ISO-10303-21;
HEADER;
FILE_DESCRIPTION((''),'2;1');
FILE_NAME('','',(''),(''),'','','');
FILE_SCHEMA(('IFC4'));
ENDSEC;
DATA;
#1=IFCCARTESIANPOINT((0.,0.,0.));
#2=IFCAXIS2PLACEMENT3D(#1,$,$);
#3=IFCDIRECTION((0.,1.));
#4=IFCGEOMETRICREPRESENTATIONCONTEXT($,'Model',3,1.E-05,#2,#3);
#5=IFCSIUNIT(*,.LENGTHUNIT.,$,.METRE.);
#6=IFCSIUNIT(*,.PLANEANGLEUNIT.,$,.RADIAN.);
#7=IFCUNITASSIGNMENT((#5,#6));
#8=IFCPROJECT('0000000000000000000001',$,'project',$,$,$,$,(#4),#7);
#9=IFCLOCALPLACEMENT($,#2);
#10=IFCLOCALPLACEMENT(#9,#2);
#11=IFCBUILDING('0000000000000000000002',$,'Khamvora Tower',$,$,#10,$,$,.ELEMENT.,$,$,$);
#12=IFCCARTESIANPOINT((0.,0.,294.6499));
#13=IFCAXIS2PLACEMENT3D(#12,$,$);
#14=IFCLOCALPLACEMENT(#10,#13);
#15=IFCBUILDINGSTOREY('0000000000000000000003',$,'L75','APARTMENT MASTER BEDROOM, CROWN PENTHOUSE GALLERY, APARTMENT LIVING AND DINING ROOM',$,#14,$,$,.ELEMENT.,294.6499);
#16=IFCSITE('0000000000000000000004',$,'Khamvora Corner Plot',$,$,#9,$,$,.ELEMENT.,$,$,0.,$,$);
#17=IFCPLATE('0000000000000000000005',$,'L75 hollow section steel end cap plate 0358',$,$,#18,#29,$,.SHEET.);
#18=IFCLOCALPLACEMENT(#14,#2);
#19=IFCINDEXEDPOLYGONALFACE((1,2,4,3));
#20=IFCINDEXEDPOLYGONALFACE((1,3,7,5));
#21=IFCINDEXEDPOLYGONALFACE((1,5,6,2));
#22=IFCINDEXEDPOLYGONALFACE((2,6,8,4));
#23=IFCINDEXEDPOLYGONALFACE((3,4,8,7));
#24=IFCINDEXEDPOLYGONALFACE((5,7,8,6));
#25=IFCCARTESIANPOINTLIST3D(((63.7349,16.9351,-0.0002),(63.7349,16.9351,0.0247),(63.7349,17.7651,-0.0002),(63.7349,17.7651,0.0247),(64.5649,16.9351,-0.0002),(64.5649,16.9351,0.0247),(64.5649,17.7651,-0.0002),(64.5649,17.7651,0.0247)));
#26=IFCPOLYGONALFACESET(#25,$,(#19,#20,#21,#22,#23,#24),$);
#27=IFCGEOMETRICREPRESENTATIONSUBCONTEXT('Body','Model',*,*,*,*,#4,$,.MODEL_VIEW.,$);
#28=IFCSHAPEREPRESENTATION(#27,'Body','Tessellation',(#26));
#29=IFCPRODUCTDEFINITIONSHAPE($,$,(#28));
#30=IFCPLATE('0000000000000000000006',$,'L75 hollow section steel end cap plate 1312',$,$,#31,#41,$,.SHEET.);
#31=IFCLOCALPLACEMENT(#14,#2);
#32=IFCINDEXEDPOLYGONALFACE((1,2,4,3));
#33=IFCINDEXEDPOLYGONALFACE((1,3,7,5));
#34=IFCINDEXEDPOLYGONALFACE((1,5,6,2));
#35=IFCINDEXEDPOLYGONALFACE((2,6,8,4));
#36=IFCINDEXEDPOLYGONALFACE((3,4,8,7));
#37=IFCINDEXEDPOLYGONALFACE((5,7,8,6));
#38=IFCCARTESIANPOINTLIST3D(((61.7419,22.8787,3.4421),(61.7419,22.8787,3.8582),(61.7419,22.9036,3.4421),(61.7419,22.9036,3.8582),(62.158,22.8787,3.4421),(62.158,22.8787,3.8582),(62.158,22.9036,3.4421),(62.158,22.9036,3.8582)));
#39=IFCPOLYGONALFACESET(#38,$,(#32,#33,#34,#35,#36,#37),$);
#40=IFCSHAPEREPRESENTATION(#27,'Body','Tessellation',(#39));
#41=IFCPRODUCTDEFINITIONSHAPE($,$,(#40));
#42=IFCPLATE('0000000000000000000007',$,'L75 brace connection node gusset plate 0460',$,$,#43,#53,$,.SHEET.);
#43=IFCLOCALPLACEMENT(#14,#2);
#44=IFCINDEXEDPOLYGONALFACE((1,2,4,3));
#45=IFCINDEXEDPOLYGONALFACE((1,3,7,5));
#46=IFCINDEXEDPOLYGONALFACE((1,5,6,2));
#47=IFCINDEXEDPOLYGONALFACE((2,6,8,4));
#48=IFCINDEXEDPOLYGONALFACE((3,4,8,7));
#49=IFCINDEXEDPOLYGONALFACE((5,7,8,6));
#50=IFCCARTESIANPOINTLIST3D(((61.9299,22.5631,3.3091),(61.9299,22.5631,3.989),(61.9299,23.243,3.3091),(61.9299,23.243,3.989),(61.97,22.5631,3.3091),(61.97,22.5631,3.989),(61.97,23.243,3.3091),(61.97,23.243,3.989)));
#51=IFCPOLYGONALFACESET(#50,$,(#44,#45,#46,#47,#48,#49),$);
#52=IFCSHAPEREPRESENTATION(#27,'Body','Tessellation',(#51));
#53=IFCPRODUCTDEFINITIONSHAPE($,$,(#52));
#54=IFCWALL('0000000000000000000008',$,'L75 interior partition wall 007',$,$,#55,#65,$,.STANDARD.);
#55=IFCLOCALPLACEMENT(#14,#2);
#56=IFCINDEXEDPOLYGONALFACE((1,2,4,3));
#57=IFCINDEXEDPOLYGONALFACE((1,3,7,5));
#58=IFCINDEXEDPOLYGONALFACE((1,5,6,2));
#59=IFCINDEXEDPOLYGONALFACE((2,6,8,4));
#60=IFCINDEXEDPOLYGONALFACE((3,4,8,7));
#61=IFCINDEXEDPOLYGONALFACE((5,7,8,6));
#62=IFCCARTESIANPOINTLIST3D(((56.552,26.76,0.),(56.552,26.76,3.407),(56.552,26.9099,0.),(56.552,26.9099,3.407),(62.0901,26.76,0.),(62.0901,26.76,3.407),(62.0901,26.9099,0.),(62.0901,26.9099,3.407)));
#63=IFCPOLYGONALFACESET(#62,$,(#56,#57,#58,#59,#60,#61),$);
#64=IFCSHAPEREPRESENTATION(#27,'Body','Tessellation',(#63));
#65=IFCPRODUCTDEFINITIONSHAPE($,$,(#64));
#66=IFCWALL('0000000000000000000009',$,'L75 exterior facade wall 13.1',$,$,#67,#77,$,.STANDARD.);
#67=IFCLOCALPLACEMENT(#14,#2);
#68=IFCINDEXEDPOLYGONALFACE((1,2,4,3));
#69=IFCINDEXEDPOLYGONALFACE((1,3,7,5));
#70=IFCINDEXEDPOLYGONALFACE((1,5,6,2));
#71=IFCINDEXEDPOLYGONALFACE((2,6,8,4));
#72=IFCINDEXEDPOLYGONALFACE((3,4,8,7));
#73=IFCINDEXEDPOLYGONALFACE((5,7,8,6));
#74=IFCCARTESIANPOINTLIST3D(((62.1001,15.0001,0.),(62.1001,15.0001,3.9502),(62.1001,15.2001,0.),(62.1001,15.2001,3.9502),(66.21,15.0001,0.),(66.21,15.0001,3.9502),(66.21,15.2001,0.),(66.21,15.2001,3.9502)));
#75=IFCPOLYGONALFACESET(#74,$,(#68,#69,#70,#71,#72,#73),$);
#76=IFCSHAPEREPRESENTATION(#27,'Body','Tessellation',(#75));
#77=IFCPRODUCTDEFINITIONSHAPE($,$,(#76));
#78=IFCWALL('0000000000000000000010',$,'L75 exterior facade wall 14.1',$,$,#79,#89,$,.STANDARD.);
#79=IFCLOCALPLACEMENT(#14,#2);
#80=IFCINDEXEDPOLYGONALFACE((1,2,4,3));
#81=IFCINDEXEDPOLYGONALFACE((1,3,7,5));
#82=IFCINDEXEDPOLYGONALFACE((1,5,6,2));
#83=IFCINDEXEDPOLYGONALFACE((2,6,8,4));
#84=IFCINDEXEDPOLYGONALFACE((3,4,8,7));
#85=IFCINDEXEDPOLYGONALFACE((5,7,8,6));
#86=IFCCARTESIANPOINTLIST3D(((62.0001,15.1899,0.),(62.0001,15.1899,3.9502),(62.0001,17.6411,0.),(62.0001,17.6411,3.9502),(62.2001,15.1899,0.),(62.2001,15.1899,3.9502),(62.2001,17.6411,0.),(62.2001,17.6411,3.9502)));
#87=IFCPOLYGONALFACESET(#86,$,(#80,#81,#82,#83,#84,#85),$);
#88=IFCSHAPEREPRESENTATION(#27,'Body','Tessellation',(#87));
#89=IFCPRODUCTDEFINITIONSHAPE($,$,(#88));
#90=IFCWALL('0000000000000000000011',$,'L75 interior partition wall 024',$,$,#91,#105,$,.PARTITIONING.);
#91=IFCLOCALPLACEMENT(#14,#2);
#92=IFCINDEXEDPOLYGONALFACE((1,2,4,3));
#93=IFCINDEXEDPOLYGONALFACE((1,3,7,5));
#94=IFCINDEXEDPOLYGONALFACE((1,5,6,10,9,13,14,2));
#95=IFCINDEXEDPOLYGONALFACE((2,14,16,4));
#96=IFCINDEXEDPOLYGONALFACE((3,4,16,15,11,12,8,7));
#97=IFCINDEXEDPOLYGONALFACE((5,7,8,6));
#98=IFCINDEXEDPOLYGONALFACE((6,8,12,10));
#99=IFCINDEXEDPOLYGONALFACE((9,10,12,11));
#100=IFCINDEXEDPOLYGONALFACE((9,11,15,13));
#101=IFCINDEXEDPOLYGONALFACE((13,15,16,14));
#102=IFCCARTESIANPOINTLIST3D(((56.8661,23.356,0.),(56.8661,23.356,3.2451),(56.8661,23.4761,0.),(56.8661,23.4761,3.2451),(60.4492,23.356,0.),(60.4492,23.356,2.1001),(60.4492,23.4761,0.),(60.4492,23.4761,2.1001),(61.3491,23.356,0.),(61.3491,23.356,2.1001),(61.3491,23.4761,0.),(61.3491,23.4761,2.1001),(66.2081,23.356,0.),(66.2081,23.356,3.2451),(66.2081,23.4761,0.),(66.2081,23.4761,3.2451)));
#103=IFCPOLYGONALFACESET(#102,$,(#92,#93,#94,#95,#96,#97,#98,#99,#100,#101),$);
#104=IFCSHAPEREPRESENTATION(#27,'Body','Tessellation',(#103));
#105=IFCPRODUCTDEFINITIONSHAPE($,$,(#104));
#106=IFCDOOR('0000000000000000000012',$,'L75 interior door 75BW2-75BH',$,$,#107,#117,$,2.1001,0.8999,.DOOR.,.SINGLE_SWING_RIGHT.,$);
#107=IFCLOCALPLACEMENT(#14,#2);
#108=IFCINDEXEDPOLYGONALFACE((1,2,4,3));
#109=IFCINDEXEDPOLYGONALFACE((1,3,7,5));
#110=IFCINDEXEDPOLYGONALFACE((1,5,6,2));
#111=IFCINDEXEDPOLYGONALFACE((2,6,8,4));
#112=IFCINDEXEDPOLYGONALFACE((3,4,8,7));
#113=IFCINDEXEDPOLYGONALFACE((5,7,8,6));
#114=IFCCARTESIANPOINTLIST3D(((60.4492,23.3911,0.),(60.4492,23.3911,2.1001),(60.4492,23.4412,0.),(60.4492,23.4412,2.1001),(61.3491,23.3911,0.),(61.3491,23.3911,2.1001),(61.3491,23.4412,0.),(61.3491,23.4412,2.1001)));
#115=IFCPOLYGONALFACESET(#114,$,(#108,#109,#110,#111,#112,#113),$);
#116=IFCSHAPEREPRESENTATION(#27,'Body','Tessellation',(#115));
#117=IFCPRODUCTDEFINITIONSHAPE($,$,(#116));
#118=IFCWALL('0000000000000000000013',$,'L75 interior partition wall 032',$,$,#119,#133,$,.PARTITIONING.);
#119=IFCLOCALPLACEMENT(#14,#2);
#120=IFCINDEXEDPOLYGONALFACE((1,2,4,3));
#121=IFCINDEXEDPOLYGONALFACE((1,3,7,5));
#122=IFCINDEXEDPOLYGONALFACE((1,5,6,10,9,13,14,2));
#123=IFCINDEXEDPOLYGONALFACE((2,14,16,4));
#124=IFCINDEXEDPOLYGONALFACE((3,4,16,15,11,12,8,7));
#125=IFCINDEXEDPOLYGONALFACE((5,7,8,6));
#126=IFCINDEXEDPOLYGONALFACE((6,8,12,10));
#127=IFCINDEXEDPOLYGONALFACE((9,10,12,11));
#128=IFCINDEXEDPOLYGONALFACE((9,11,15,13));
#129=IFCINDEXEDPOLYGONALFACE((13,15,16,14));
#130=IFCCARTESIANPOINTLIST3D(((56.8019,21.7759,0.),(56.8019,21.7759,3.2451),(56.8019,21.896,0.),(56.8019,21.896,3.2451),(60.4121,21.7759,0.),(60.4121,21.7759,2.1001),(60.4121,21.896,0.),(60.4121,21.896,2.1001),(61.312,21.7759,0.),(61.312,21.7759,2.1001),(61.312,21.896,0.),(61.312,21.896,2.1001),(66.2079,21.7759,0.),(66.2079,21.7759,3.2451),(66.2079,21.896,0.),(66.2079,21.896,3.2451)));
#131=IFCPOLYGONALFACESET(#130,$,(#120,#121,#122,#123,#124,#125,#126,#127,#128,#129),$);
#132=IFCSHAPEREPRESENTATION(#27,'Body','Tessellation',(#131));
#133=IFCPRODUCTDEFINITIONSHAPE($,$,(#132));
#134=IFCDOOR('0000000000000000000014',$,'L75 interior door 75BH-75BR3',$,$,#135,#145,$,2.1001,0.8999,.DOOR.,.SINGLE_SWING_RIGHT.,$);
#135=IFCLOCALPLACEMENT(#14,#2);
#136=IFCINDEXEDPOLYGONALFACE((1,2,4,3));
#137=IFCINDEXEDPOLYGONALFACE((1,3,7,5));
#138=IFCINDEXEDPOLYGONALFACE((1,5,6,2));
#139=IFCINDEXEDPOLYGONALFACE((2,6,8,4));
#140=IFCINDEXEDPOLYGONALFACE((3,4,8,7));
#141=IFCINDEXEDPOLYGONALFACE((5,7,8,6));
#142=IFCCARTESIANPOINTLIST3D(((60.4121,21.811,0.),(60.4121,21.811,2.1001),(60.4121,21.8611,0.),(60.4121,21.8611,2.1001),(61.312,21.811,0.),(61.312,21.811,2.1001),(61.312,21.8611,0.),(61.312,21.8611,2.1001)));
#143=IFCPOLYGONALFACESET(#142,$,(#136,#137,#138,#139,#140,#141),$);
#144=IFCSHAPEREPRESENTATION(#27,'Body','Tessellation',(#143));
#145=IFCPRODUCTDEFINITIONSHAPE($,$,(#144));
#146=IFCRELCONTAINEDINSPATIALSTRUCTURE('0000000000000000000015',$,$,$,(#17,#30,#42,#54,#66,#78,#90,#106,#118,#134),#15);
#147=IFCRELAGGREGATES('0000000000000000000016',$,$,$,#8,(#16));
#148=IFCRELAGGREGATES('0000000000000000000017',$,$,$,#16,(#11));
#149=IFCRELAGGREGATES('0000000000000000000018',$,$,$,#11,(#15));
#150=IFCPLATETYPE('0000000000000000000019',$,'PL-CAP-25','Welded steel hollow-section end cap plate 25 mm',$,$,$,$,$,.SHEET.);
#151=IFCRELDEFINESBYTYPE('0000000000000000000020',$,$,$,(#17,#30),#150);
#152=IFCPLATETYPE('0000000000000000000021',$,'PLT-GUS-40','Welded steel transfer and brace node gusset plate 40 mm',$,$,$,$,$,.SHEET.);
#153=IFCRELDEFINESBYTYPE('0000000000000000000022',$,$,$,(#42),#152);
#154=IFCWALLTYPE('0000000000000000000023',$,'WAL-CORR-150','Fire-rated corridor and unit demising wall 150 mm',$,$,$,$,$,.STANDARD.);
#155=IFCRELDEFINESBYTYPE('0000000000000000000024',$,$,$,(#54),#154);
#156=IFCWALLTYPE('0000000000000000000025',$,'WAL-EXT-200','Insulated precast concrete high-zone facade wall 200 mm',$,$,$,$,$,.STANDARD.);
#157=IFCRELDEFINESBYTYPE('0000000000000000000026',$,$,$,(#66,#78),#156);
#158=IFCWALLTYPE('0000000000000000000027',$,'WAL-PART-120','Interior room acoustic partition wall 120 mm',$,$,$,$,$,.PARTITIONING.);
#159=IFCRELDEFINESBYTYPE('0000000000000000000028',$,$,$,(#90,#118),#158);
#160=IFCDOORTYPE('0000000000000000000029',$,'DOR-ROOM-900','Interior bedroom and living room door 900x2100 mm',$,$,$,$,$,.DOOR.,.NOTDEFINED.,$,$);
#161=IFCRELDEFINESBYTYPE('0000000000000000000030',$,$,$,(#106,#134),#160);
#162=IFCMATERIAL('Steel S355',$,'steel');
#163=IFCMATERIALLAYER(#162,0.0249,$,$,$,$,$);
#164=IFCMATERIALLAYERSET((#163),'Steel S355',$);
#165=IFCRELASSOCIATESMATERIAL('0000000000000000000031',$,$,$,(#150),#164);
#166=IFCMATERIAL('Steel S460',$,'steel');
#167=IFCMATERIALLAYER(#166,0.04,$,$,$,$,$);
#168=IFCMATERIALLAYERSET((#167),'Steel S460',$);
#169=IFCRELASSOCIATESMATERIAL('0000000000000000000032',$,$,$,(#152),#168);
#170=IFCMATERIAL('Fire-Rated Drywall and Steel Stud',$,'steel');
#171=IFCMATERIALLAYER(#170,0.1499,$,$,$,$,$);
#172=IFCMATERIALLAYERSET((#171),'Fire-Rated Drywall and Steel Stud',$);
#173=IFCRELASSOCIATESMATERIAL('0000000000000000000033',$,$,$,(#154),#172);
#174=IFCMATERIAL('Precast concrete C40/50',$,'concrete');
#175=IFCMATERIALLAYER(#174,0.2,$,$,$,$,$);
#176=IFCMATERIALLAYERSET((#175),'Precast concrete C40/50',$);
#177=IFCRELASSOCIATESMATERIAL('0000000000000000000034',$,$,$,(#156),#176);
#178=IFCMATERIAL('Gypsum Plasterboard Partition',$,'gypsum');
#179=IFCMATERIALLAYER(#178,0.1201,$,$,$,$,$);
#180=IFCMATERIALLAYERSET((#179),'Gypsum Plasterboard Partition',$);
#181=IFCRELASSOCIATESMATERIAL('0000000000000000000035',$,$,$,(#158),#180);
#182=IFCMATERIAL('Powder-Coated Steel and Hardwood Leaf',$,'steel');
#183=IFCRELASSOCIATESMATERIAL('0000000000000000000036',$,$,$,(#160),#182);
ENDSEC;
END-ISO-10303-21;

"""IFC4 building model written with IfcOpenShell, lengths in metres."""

from ifc_helpers import new_model, si_unit, direction, frame, frame_2d, origin, origin_2d, place, context, subcontext, project, spatial, rectangle, extrude, material, layer, layer_set, type_object, element, fill, save


model = new_model("IFC4")

# Units and contexts
model_context = context("Model", 3, precision=1e-05, world=origin(), true_north=direction((0.0, 1.0)))
body_context = subcontext(model_context, "Body", "Model", "MODEL_VIEW")
ifc_project = project(units=[si_unit("LENGTHUNIT", "METRE"), si_unit("PLANEANGLEUNIT", "RADIAN")], contexts=[model_context])

# Site, building, storey
site_placement = place(None, origin())
site = spatial("IfcSite", under=ifc_project, at=site_placement, Name="Khamvora Corner Plot", CompositionType="ELEMENT", RefElevation=0.0)
building_placement = place(site_placement, origin())
building = spatial("IfcBuilding", under=site, at=building_placement, Name="Khamvora Tower", CompositionType="ELEMENT")
storey_placement = place(building_placement, frame((0.0, 0.0, 294.6499)))
storey = spatial("IfcBuildingStorey", under=building, at=storey_placement, Name="L75", Description="APARTMENT MASTER BEDROOM, CROWN PENTHOUSE GALLERY, APARTMENT LIVING AND DINING ROOM", CompositionType="ELEMENT", Elevation=294.6499)

# Shared definitions
ifc_material_1 = material(Name="Steel S355", Category="steel")

# Plates
ifc_layer_1 = layer(ifc_material_1, 0.0249)
ifc_layer_set_1 = layer_set([ifc_layer_1], Name="Steel S355")
plate_type_1 = type_object("IfcPlateType", Name="PL-CAP-25", Description="Welded steel hollow-section end cap plate 25 mm", PredefinedType="SHEET", material=ifc_layer_set_1)
for number, where, z_axis, x_axis, name in (
    (1, (64.1499, 17.3501, -0.0002), (0.0, 0.0, 1.0), (1.0, 0.0, 0.0), "L75 hollow section steel end cap plate 0358"),
):
    element("IfcPlate", number, at=place(storey_placement, frame(where, z_axis=z_axis, x_axis=x_axis)), inside=storey, type_object=plate_type_1, Name=name, PredefinedType="SHEET", context=body_context, shape_type="SweptSolid", body=[
        extrude(rectangle(XDim=0.8301, YDim=0.8301, at=origin_2d()), origin(), (0.0, 0.0, 1.0), 0.0249),
    ])
plate_1_placement = place(storey_placement, frame((61.95, 22.8911, 3.4421), z_axis=(0.0, 0.0, 1.0), x_axis=(0.0, -1.0, 0.0)))
element("IfcPlate", 2, at=plate_1_placement, inside=storey, type_object=plate_type_1, Name="L75 hollow section steel end cap plate 1312", PredefinedType="SHEET", context=body_context, shape_type="SweptSolid", body=[
    extrude(rectangle(XDim=0.0249, YDim=0.416, at=origin_2d()), origin(), (0.0, 0.0, 1.0), 0.416),
])
ifc_material_2 = material(Name="Steel S460", Category="steel")
ifc_layer_2 = layer(ifc_material_2, 0.04)
ifc_layer_set_2 = layer_set([ifc_layer_2], Name="Steel S460")
plate_type_2 = type_object("IfcPlateType", Name="PLT-GUS-40", Description="Welded steel transfer and brace node gusset plate 40 mm", PredefinedType="SHEET", material=ifc_layer_set_2)
plate_2_placement = place(storey_placement, frame((61.95, 22.9031, 3.3091), z_axis=(0.0, 0.0, 1.0), x_axis=(0.0, 1.0, 0.0)))
element("IfcPlate", 3, at=plate_2_placement, inside=storey, type_object=plate_type_2, Name="L75 brace connection node gusset plate 0460", PredefinedType="SHEET", context=body_context, shape_type="SweptSolid", body=[
    extrude(rectangle(XDim=0.6799, YDim=0.04, at=origin_2d()), origin(), (0.0, 0.0, 1.0), 0.6799),
])

# Walls
ifc_material_3 = material(Name="Fire-Rated Drywall and Steel Stud", Category="steel")
ifc_layer_3 = layer(ifc_material_3, 0.1499)
ifc_layer_set_3 = layer_set([ifc_layer_3], Name="Fire-Rated Drywall and Steel Stud")
wall_type_1 = type_object("IfcWallType", Name="WAL-CORR-150", Description="Fire-rated corridor and unit demising wall 150 mm", PredefinedType="STANDARD", material=ifc_layer_set_3)
wall_1_placement = place(storey_placement, frame((62.0901, 26.835, 0.0), z_axis=(0.0, 0.0, 1.0), x_axis=(-1.0, 0.0, 0.0)))
element("IfcWall", 4, at=wall_1_placement, inside=storey, type_object=wall_type_1, Name="L75 interior partition wall 007", PredefinedType="STANDARD", context=body_context, shape_type="SweptSolid", body=[
    extrude(rectangle(XDim=5.5381, YDim=0.1499, at=frame_2d((2.769, 0.0))), origin(), (0.0, 0.0, 1.0), 3.407),
])
ifc_material_4 = material(Name="Precast concrete C40/50", Category="concrete")
ifc_layer_4 = layer(ifc_material_4, 0.2)
ifc_layer_set_4 = layer_set([ifc_layer_4], Name="Precast concrete C40/50")
wall_type_2 = type_object("IfcWallType", Name="WAL-EXT-200", Description="Insulated precast concrete high-zone facade wall 200 mm", PredefinedType="STANDARD", material=ifc_layer_set_4)
wall_2_placement = place(storey_placement, frame((66.21, 15.1001, 0.0), z_axis=(0.0, 0.0, 1.0), x_axis=(-1.0, 0.0, 0.0)))
element("IfcWall", 5, at=wall_2_placement, inside=storey, type_object=wall_type_2, Name="L75 exterior facade wall 13.1", PredefinedType="STANDARD", context=body_context, shape_type="SweptSolid", body=[
    extrude(rectangle(XDim=4.1099, YDim=0.2, at=frame_2d((2.0549, 0.0))), origin(), (0.0, 0.0, 1.0), 3.9502),
])
wall_3_placement = place(storey_placement, frame((62.1001, 15.1899, 0.0), z_axis=(0.0, 0.0, 1.0), x_axis=(0.0, 1.0, 0.0)))
element("IfcWall", 6, at=wall_3_placement, inside=storey, type_object=wall_type_2, Name="L75 exterior facade wall 14.1", PredefinedType="STANDARD", context=body_context, shape_type="SweptSolid", body=[
    extrude(rectangle(XDim=2.4512, YDim=0.2, at=frame_2d((1.2256, 0.0))), origin(), (0.0, 0.0, 1.0), 3.9502),
])

# Walls, openings, doors
ifc_material_5 = material(Name="Gypsum Plasterboard Partition", Category="gypsum")
ifc_layer_5 = layer(ifc_material_5, 0.1201)
ifc_layer_set_5 = layer_set([ifc_layer_5], Name="Gypsum Plasterboard Partition")
wall_type_3 = type_object("IfcWallType", Name="WAL-PART-120", Description="Interior room acoustic partition wall 120 mm", PredefinedType="PARTITIONING", material=ifc_layer_set_5)
wall_4_placement = place(storey_placement, frame((66.208, 23.416, 0.0), z_axis=(0.0, 0.0, 1.0), x_axis=(-1.0, 0.0, 0.0)))
wall_4 = element("IfcWall", 7, at=wall_4_placement, inside=storey, type_object=wall_type_3, Name="L75 interior partition wall 024", PredefinedType="PARTITIONING", context=body_context, shape_type="SweptSolid", body=[
    extrude(rectangle(XDim=9.342, YDim=0.1201, at=frame_2d((4.6709, 0.0))), origin(), (0.0, 0.0, 1.0), 3.2451),
])
opening_1_placement = place(wall_4_placement, frame((4.8589, 0.0, 0.0)))
opening_1 = element("IfcOpeningElement", 8, at=opening_1_placement, cuts=wall_4, PredefinedType="OPENING", context=body_context, shape_type="SweptSolid", body=[
    extrude(rectangle(XDim=0.8999, YDim=2.1001, at=frame_2d((0.45, 1.05))), frame((0.0, 0.0701, 0.0), z_axis=(0.0, -1.0, 0.0), x_axis=(1.0, 0.0, 0.0)), (0.0, 0.0, 1.0), 0.1401),
])
ifc_material_6 = material(Name="Powder-Coated Steel and Hardwood Leaf", Category="steel")
door_type = type_object("IfcDoorType", Name="DOR-ROOM-900", Description="Interior bedroom and living room door 900x2100 mm", OperationType="NOTDEFINED", PredefinedType="DOOR", material=ifc_material_6)
door_1_placement = place(opening_1_placement, origin())
door_1 = element("IfcDoor", 9, at=door_1_placement, inside=storey, type_object=door_type, Name="L75 interior door 75BW2-75BH", OperationType="SINGLE_SWING_RIGHT", OverallHeight=2.1001, OverallWidth=0.8999, PredefinedType="DOOR", context=body_context, shape_type="SweptSolid", body=[
    extrude(rectangle(XDim=0.8999, YDim=2.1001, at=frame_2d((0.45, 1.05))), frame((0.0, 0.0249, 0.0), z_axis=(0.0, -1.0, 0.0), x_axis=(1.0, 0.0, 0.0)), (0.0, 0.0, 1.0), 0.05),
])
fill(opening_1, door_1)
wall_5_placement = place(storey_placement, frame((66.208, 21.8359, 0.0), z_axis=(0.0, 0.0, 1.0), x_axis=(-1.0, 0.0, 0.0)))
wall_5 = element("IfcWall", 10, at=wall_5_placement, inside=storey, type_object=wall_type_3, Name="L75 interior partition wall 032", PredefinedType="PARTITIONING", context=body_context, shape_type="SweptSolid", body=[
    extrude(rectangle(XDim=9.406, YDim=0.1201, at=frame_2d((4.7031, 0.0))), origin(), (0.0, 0.0, 1.0), 3.2451),
])
opening_2_placement = place(wall_5_placement, frame((4.896, 0.0, 0.0)))
opening_2 = element("IfcOpeningElement", 11, at=opening_2_placement, cuts=wall_5, PredefinedType="OPENING", context=body_context, shape_type="SweptSolid", body=[
    extrude(rectangle(XDim=0.8999, YDim=2.1001, at=frame_2d((0.45, 1.05))), frame((0.0, 0.0701, 0.0), z_axis=(0.0, -1.0, 0.0), x_axis=(1.0, 0.0, 0.0)), (0.0, 0.0, 1.0), 0.1401),
])
door_2_placement = place(opening_2_placement, origin())
door_2 = element("IfcDoor", 12, at=door_2_placement, inside=storey, type_object=door_type, Name="L75 interior door 75BH-75BR3", OperationType="SINGLE_SWING_RIGHT", OverallHeight=2.1001, OverallWidth=0.8999, PredefinedType="DOOR", context=body_context, shape_type="SweptSolid", body=[
    extrude(rectangle(XDim=0.8999, YDim=2.1001, at=frame_2d((0.45, 1.05))), frame((0.0, 0.0249, 0.0), z_axis=(0.0, -1.0, 0.0), x_axis=(1.0, 0.0, 0.0)), (0.0, 0.0, 1.0), 0.05),
])
fill(opening_2, door_2)

save(model, "model.ifc")
